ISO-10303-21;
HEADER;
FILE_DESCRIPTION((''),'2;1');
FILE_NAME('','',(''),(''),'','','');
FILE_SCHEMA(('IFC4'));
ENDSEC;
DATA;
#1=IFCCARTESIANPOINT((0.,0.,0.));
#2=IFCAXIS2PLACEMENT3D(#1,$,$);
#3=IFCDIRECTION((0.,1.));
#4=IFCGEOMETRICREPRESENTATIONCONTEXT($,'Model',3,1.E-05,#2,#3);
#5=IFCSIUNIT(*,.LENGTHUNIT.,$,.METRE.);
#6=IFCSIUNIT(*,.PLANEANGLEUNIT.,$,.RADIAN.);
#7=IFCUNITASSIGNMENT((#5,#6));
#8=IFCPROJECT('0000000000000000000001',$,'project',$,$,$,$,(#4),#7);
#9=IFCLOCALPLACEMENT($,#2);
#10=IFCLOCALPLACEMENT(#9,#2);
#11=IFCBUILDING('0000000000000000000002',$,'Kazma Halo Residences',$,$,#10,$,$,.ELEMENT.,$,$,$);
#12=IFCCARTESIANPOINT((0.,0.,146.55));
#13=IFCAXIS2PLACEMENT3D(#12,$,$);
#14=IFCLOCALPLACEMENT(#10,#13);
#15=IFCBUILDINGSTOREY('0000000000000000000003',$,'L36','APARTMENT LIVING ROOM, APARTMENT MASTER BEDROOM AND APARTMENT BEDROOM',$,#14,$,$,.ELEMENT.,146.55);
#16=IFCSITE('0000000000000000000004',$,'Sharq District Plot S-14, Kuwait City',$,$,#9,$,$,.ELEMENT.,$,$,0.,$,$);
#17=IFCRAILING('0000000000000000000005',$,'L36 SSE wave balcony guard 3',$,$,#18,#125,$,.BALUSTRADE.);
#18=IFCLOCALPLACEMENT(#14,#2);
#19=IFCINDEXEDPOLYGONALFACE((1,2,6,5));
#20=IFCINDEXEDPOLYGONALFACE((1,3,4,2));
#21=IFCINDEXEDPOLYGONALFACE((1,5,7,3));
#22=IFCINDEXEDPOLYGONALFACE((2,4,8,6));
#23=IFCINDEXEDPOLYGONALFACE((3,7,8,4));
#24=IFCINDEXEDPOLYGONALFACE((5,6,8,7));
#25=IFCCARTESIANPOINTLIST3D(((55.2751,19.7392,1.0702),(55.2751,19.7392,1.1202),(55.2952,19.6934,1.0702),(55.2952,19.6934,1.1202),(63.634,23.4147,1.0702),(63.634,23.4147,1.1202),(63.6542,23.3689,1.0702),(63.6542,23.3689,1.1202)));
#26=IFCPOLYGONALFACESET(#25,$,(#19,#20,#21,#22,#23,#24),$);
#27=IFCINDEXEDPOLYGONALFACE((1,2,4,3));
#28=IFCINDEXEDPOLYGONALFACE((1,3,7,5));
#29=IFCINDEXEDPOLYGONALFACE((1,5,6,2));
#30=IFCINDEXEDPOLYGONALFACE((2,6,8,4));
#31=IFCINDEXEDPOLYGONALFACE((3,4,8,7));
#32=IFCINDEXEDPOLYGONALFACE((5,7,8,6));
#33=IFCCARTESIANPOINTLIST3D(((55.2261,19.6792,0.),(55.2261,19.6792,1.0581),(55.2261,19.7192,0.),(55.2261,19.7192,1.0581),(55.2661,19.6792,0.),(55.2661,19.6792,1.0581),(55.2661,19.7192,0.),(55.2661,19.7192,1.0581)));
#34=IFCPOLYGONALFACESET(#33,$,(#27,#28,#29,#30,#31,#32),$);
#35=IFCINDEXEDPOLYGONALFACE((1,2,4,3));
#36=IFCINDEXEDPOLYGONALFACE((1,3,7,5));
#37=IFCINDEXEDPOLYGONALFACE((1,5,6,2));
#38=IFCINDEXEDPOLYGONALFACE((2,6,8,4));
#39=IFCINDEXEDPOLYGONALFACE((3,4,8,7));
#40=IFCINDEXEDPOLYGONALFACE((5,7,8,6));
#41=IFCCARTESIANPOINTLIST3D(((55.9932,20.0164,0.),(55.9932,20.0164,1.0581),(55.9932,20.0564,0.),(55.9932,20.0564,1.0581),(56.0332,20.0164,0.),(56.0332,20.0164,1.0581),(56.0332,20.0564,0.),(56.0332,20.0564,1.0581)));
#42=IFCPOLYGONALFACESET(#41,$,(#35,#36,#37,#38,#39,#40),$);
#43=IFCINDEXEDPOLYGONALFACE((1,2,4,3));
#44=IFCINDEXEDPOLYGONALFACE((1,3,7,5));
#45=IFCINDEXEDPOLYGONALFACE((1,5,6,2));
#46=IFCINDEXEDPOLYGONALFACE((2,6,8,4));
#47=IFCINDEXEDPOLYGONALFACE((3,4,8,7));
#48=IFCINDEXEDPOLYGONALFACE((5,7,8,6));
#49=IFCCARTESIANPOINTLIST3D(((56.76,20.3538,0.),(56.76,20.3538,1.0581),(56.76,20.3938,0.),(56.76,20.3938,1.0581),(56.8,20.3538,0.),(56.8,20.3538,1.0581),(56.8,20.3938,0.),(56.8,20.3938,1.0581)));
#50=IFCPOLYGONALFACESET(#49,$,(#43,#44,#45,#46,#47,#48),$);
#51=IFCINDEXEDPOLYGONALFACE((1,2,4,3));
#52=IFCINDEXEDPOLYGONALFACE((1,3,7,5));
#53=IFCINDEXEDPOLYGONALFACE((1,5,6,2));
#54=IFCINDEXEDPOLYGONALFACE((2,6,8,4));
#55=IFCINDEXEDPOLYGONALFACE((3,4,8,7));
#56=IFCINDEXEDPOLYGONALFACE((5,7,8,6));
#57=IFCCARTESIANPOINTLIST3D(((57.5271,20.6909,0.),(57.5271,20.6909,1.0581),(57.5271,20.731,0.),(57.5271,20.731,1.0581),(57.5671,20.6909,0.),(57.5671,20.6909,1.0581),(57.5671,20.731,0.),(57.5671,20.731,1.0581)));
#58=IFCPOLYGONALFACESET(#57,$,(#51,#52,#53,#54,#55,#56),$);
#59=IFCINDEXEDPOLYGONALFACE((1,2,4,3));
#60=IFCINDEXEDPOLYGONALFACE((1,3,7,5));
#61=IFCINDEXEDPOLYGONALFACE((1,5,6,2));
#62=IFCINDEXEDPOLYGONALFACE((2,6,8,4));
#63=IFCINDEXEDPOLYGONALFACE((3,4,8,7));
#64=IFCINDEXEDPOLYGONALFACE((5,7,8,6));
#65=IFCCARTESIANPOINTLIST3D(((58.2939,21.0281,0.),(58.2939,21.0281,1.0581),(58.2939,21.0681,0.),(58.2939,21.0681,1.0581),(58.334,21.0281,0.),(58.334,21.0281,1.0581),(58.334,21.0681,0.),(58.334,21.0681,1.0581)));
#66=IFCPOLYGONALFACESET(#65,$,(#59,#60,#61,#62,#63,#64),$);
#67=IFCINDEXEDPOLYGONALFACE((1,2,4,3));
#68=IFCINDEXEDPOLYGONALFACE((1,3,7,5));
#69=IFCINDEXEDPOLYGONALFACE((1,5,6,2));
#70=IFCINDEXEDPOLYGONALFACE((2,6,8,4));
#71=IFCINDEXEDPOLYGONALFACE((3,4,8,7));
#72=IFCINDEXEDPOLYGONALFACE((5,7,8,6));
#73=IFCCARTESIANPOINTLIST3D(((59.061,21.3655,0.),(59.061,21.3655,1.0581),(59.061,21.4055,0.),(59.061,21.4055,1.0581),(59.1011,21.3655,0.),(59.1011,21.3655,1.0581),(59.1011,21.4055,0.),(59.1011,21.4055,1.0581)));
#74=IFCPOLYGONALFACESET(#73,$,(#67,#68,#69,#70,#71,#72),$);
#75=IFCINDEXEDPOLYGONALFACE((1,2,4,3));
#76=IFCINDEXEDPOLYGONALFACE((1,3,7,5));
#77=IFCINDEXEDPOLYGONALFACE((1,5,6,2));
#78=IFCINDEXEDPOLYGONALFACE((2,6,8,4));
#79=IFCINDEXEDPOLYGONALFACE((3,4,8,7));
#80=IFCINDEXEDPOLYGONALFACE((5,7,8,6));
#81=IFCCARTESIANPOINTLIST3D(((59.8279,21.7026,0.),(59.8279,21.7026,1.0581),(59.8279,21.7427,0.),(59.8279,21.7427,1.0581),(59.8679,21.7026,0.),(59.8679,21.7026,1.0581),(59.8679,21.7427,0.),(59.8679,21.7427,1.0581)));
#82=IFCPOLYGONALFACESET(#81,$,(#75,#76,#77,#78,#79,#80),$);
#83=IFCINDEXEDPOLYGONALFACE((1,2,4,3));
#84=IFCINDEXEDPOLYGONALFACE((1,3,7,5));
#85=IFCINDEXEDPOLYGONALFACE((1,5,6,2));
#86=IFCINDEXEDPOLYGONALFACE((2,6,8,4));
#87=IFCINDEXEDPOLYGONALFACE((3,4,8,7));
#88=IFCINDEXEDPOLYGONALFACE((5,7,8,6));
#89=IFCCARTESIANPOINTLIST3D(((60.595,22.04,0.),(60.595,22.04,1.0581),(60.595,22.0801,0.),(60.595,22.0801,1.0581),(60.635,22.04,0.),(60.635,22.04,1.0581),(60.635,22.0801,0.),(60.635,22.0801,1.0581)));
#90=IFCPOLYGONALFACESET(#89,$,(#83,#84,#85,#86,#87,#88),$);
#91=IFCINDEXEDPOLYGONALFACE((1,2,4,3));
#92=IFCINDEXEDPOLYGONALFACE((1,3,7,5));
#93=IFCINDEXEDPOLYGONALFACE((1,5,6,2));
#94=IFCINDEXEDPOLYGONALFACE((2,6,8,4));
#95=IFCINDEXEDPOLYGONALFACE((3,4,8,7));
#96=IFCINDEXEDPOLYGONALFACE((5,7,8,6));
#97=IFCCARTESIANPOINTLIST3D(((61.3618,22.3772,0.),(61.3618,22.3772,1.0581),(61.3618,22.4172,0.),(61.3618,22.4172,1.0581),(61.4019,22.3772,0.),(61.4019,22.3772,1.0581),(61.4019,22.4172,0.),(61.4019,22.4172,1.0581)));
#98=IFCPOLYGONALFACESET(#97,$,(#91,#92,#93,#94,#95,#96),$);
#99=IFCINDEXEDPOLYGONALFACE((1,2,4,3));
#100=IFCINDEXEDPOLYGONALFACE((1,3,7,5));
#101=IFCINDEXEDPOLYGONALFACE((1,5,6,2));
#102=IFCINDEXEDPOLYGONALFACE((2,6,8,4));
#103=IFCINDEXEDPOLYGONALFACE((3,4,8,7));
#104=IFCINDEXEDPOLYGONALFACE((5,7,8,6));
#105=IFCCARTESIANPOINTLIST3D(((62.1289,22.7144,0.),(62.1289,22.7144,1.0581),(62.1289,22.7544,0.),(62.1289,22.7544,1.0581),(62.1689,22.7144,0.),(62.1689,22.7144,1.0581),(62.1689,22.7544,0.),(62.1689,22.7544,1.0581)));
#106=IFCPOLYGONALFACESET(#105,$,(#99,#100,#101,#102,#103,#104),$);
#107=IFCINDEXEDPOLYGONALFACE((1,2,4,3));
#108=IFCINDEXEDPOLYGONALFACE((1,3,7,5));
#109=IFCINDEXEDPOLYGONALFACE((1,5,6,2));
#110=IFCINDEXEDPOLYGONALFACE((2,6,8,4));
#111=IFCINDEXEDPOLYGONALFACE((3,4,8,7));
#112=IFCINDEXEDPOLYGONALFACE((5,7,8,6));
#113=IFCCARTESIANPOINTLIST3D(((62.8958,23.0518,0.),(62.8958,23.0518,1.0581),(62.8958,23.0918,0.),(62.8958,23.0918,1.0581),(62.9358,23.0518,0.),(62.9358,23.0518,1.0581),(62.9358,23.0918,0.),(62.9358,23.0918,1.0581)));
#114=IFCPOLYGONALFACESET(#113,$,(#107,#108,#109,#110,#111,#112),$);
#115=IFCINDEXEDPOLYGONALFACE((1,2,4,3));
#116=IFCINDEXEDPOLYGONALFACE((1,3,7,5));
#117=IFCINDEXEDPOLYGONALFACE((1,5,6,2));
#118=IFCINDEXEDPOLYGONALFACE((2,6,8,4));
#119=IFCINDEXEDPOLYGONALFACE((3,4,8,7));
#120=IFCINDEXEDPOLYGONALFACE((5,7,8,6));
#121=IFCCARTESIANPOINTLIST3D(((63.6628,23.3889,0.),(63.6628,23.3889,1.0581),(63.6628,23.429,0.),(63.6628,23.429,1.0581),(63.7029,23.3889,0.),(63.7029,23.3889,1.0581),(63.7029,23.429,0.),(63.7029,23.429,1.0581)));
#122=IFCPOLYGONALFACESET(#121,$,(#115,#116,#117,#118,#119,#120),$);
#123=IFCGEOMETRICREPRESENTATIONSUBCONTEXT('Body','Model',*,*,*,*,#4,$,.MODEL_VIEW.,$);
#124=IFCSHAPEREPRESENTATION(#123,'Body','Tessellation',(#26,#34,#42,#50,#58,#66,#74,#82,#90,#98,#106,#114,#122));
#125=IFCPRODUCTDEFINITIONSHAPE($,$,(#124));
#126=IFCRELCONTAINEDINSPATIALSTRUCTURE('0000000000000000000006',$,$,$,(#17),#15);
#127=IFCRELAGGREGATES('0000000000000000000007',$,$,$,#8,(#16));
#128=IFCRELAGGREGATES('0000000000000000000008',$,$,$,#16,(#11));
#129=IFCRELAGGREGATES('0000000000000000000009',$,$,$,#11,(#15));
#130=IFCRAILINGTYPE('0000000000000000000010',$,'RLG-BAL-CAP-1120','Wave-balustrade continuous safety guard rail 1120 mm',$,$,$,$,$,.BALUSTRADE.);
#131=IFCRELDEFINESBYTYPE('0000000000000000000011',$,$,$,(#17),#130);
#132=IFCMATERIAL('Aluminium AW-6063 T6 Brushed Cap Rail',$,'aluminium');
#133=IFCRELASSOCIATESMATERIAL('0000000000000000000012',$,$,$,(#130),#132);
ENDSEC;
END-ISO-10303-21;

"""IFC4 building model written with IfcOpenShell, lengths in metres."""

from ifc_helpers import new_model, si_unit, direction, frame, origin, origin_2d, place, context, subcontext, project, spatial, rectangle, extrude, material, type_object, element, save


model = new_model("IFC4")

# Units and contexts
model_context = context("Model", 3, precision=1e-05, world=origin(), true_north=direction((0.0, 1.0)))
body_context = subcontext(model_context, "Body", "Model", "MODEL_VIEW")
ifc_project = project(units=[si_unit("LENGTHUNIT", "METRE"), si_unit("PLANEANGLEUNIT", "RADIAN")], contexts=[model_context])

# Site, building, storey
site_placement = place(None, origin())
site = spatial("IfcSite", under=ifc_project, at=site_placement, Name="Sharq District Plot S-14, Kuwait City", CompositionType="ELEMENT", RefElevation=0.0)
building_placement = place(site_placement, origin())
building = spatial("IfcBuilding", under=site, at=building_placement, Name="Kazma Halo Residences", CompositionType="ELEMENT")
storey_placement = place(building_placement, frame((0.0, 0.0, 146.55)))
storey = spatial("IfcBuildingStorey", under=building, at=storey_placement, Name="L36", Description="APARTMENT LIVING ROOM, APARTMENT MASTER BEDROOM AND APARTMENT BEDROOM", CompositionType="ELEMENT", Elevation=146.55)

# Railing
ifc_material_1 = material(Name="Aluminium AW-6063 T6 Brushed Cap Rail", Category="aluminium")
railing_type = type_object("IfcRailingType", Name="RLG-BAL-CAP-1120", Description="Wave-balustrade continuous safety guard rail 1120 mm", PredefinedType="BALUSTRADE", material=ifc_material_1)
railing_placement = place(storey_placement, frame((55.2461, 19.6992, 0.0)))
element("IfcRailing", 1, at=railing_placement, inside=storey, type_object=railing_type, Name="L36 SSE wave balcony guard 3", PredefinedType="BALUSTRADE", context=body_context, shape_type="SweptSolid", body=[
    extrude(rectangle(XDim=0.05, YDim=0.05, at=origin_2d()), frame((0.0391, 0.0171, 1.0952), z_axis=(0.915413, 0.402515, 0.0), x_axis=(-0.402515, 0.915413, 0.0)), (0.0, 0.0, 1.0), 9.1313),
    extrude(rectangle(XDim=0.04, YDim=0.04, at=origin_2d()), origin(), (0.0, 0.0, 1.0), 1.0581),
    extrude(rectangle(XDim=0.04, YDim=0.04, at=origin_2d()), frame((0.7671, 0.3372, 0.0)), (0.0, 0.0, 1.0), 1.0581),
    extrude(rectangle(XDim=0.04, YDim=0.04, at=origin_2d()), frame((1.5339, 0.6746, 0.0)), (0.0, 0.0, 1.0), 1.0581),
    extrude(rectangle(XDim=0.04, YDim=0.04, at=origin_2d()), frame((2.301, 1.0117, 0.0)), (0.0, 0.0, 1.0), 1.0581),
    extrude(rectangle(XDim=0.04, YDim=0.04, at=origin_2d()), frame((3.0679, 1.3489, 0.0)), (0.0, 0.0, 1.0), 1.0581),
    extrude(rectangle(XDim=0.04, YDim=0.04, at=origin_2d()), frame((3.835, 1.6863, 0.0)), (0.0, 0.0, 1.0), 1.0581),
    extrude(rectangle(XDim=0.04, YDim=0.04, at=origin_2d()), frame((4.6018, 2.0234, 0.0)), (0.0, 0.0, 1.0), 1.0581),
    extrude(rectangle(XDim=0.04, YDim=0.04, at=origin_2d()), frame((5.3689, 2.3608, 0.0)), (0.0, 0.0, 1.0), 1.0581),
    extrude(rectangle(XDim=0.04, YDim=0.04, at=origin_2d()), frame((6.1357, 2.698, 0.0)), (0.0, 0.0, 1.0), 1.0581),
    extrude(rectangle(XDim=0.04, YDim=0.04, at=origin_2d()), frame((6.9028, 3.0352, 0.0)), (0.0, 0.0, 1.0), 1.0581),
    extrude(rectangle(XDim=0.04, YDim=0.04, at=origin_2d()), frame((7.6697, 3.3726, 0.0)), (0.0, 0.0, 1.0), 1.0581),
    extrude(rectangle(XDim=0.04, YDim=0.04, at=origin_2d()), frame((8.4368, 3.7097, 0.0)), (0.0, 0.0, 1.0), 1.0581),
])

save(model, "model.ifc")
